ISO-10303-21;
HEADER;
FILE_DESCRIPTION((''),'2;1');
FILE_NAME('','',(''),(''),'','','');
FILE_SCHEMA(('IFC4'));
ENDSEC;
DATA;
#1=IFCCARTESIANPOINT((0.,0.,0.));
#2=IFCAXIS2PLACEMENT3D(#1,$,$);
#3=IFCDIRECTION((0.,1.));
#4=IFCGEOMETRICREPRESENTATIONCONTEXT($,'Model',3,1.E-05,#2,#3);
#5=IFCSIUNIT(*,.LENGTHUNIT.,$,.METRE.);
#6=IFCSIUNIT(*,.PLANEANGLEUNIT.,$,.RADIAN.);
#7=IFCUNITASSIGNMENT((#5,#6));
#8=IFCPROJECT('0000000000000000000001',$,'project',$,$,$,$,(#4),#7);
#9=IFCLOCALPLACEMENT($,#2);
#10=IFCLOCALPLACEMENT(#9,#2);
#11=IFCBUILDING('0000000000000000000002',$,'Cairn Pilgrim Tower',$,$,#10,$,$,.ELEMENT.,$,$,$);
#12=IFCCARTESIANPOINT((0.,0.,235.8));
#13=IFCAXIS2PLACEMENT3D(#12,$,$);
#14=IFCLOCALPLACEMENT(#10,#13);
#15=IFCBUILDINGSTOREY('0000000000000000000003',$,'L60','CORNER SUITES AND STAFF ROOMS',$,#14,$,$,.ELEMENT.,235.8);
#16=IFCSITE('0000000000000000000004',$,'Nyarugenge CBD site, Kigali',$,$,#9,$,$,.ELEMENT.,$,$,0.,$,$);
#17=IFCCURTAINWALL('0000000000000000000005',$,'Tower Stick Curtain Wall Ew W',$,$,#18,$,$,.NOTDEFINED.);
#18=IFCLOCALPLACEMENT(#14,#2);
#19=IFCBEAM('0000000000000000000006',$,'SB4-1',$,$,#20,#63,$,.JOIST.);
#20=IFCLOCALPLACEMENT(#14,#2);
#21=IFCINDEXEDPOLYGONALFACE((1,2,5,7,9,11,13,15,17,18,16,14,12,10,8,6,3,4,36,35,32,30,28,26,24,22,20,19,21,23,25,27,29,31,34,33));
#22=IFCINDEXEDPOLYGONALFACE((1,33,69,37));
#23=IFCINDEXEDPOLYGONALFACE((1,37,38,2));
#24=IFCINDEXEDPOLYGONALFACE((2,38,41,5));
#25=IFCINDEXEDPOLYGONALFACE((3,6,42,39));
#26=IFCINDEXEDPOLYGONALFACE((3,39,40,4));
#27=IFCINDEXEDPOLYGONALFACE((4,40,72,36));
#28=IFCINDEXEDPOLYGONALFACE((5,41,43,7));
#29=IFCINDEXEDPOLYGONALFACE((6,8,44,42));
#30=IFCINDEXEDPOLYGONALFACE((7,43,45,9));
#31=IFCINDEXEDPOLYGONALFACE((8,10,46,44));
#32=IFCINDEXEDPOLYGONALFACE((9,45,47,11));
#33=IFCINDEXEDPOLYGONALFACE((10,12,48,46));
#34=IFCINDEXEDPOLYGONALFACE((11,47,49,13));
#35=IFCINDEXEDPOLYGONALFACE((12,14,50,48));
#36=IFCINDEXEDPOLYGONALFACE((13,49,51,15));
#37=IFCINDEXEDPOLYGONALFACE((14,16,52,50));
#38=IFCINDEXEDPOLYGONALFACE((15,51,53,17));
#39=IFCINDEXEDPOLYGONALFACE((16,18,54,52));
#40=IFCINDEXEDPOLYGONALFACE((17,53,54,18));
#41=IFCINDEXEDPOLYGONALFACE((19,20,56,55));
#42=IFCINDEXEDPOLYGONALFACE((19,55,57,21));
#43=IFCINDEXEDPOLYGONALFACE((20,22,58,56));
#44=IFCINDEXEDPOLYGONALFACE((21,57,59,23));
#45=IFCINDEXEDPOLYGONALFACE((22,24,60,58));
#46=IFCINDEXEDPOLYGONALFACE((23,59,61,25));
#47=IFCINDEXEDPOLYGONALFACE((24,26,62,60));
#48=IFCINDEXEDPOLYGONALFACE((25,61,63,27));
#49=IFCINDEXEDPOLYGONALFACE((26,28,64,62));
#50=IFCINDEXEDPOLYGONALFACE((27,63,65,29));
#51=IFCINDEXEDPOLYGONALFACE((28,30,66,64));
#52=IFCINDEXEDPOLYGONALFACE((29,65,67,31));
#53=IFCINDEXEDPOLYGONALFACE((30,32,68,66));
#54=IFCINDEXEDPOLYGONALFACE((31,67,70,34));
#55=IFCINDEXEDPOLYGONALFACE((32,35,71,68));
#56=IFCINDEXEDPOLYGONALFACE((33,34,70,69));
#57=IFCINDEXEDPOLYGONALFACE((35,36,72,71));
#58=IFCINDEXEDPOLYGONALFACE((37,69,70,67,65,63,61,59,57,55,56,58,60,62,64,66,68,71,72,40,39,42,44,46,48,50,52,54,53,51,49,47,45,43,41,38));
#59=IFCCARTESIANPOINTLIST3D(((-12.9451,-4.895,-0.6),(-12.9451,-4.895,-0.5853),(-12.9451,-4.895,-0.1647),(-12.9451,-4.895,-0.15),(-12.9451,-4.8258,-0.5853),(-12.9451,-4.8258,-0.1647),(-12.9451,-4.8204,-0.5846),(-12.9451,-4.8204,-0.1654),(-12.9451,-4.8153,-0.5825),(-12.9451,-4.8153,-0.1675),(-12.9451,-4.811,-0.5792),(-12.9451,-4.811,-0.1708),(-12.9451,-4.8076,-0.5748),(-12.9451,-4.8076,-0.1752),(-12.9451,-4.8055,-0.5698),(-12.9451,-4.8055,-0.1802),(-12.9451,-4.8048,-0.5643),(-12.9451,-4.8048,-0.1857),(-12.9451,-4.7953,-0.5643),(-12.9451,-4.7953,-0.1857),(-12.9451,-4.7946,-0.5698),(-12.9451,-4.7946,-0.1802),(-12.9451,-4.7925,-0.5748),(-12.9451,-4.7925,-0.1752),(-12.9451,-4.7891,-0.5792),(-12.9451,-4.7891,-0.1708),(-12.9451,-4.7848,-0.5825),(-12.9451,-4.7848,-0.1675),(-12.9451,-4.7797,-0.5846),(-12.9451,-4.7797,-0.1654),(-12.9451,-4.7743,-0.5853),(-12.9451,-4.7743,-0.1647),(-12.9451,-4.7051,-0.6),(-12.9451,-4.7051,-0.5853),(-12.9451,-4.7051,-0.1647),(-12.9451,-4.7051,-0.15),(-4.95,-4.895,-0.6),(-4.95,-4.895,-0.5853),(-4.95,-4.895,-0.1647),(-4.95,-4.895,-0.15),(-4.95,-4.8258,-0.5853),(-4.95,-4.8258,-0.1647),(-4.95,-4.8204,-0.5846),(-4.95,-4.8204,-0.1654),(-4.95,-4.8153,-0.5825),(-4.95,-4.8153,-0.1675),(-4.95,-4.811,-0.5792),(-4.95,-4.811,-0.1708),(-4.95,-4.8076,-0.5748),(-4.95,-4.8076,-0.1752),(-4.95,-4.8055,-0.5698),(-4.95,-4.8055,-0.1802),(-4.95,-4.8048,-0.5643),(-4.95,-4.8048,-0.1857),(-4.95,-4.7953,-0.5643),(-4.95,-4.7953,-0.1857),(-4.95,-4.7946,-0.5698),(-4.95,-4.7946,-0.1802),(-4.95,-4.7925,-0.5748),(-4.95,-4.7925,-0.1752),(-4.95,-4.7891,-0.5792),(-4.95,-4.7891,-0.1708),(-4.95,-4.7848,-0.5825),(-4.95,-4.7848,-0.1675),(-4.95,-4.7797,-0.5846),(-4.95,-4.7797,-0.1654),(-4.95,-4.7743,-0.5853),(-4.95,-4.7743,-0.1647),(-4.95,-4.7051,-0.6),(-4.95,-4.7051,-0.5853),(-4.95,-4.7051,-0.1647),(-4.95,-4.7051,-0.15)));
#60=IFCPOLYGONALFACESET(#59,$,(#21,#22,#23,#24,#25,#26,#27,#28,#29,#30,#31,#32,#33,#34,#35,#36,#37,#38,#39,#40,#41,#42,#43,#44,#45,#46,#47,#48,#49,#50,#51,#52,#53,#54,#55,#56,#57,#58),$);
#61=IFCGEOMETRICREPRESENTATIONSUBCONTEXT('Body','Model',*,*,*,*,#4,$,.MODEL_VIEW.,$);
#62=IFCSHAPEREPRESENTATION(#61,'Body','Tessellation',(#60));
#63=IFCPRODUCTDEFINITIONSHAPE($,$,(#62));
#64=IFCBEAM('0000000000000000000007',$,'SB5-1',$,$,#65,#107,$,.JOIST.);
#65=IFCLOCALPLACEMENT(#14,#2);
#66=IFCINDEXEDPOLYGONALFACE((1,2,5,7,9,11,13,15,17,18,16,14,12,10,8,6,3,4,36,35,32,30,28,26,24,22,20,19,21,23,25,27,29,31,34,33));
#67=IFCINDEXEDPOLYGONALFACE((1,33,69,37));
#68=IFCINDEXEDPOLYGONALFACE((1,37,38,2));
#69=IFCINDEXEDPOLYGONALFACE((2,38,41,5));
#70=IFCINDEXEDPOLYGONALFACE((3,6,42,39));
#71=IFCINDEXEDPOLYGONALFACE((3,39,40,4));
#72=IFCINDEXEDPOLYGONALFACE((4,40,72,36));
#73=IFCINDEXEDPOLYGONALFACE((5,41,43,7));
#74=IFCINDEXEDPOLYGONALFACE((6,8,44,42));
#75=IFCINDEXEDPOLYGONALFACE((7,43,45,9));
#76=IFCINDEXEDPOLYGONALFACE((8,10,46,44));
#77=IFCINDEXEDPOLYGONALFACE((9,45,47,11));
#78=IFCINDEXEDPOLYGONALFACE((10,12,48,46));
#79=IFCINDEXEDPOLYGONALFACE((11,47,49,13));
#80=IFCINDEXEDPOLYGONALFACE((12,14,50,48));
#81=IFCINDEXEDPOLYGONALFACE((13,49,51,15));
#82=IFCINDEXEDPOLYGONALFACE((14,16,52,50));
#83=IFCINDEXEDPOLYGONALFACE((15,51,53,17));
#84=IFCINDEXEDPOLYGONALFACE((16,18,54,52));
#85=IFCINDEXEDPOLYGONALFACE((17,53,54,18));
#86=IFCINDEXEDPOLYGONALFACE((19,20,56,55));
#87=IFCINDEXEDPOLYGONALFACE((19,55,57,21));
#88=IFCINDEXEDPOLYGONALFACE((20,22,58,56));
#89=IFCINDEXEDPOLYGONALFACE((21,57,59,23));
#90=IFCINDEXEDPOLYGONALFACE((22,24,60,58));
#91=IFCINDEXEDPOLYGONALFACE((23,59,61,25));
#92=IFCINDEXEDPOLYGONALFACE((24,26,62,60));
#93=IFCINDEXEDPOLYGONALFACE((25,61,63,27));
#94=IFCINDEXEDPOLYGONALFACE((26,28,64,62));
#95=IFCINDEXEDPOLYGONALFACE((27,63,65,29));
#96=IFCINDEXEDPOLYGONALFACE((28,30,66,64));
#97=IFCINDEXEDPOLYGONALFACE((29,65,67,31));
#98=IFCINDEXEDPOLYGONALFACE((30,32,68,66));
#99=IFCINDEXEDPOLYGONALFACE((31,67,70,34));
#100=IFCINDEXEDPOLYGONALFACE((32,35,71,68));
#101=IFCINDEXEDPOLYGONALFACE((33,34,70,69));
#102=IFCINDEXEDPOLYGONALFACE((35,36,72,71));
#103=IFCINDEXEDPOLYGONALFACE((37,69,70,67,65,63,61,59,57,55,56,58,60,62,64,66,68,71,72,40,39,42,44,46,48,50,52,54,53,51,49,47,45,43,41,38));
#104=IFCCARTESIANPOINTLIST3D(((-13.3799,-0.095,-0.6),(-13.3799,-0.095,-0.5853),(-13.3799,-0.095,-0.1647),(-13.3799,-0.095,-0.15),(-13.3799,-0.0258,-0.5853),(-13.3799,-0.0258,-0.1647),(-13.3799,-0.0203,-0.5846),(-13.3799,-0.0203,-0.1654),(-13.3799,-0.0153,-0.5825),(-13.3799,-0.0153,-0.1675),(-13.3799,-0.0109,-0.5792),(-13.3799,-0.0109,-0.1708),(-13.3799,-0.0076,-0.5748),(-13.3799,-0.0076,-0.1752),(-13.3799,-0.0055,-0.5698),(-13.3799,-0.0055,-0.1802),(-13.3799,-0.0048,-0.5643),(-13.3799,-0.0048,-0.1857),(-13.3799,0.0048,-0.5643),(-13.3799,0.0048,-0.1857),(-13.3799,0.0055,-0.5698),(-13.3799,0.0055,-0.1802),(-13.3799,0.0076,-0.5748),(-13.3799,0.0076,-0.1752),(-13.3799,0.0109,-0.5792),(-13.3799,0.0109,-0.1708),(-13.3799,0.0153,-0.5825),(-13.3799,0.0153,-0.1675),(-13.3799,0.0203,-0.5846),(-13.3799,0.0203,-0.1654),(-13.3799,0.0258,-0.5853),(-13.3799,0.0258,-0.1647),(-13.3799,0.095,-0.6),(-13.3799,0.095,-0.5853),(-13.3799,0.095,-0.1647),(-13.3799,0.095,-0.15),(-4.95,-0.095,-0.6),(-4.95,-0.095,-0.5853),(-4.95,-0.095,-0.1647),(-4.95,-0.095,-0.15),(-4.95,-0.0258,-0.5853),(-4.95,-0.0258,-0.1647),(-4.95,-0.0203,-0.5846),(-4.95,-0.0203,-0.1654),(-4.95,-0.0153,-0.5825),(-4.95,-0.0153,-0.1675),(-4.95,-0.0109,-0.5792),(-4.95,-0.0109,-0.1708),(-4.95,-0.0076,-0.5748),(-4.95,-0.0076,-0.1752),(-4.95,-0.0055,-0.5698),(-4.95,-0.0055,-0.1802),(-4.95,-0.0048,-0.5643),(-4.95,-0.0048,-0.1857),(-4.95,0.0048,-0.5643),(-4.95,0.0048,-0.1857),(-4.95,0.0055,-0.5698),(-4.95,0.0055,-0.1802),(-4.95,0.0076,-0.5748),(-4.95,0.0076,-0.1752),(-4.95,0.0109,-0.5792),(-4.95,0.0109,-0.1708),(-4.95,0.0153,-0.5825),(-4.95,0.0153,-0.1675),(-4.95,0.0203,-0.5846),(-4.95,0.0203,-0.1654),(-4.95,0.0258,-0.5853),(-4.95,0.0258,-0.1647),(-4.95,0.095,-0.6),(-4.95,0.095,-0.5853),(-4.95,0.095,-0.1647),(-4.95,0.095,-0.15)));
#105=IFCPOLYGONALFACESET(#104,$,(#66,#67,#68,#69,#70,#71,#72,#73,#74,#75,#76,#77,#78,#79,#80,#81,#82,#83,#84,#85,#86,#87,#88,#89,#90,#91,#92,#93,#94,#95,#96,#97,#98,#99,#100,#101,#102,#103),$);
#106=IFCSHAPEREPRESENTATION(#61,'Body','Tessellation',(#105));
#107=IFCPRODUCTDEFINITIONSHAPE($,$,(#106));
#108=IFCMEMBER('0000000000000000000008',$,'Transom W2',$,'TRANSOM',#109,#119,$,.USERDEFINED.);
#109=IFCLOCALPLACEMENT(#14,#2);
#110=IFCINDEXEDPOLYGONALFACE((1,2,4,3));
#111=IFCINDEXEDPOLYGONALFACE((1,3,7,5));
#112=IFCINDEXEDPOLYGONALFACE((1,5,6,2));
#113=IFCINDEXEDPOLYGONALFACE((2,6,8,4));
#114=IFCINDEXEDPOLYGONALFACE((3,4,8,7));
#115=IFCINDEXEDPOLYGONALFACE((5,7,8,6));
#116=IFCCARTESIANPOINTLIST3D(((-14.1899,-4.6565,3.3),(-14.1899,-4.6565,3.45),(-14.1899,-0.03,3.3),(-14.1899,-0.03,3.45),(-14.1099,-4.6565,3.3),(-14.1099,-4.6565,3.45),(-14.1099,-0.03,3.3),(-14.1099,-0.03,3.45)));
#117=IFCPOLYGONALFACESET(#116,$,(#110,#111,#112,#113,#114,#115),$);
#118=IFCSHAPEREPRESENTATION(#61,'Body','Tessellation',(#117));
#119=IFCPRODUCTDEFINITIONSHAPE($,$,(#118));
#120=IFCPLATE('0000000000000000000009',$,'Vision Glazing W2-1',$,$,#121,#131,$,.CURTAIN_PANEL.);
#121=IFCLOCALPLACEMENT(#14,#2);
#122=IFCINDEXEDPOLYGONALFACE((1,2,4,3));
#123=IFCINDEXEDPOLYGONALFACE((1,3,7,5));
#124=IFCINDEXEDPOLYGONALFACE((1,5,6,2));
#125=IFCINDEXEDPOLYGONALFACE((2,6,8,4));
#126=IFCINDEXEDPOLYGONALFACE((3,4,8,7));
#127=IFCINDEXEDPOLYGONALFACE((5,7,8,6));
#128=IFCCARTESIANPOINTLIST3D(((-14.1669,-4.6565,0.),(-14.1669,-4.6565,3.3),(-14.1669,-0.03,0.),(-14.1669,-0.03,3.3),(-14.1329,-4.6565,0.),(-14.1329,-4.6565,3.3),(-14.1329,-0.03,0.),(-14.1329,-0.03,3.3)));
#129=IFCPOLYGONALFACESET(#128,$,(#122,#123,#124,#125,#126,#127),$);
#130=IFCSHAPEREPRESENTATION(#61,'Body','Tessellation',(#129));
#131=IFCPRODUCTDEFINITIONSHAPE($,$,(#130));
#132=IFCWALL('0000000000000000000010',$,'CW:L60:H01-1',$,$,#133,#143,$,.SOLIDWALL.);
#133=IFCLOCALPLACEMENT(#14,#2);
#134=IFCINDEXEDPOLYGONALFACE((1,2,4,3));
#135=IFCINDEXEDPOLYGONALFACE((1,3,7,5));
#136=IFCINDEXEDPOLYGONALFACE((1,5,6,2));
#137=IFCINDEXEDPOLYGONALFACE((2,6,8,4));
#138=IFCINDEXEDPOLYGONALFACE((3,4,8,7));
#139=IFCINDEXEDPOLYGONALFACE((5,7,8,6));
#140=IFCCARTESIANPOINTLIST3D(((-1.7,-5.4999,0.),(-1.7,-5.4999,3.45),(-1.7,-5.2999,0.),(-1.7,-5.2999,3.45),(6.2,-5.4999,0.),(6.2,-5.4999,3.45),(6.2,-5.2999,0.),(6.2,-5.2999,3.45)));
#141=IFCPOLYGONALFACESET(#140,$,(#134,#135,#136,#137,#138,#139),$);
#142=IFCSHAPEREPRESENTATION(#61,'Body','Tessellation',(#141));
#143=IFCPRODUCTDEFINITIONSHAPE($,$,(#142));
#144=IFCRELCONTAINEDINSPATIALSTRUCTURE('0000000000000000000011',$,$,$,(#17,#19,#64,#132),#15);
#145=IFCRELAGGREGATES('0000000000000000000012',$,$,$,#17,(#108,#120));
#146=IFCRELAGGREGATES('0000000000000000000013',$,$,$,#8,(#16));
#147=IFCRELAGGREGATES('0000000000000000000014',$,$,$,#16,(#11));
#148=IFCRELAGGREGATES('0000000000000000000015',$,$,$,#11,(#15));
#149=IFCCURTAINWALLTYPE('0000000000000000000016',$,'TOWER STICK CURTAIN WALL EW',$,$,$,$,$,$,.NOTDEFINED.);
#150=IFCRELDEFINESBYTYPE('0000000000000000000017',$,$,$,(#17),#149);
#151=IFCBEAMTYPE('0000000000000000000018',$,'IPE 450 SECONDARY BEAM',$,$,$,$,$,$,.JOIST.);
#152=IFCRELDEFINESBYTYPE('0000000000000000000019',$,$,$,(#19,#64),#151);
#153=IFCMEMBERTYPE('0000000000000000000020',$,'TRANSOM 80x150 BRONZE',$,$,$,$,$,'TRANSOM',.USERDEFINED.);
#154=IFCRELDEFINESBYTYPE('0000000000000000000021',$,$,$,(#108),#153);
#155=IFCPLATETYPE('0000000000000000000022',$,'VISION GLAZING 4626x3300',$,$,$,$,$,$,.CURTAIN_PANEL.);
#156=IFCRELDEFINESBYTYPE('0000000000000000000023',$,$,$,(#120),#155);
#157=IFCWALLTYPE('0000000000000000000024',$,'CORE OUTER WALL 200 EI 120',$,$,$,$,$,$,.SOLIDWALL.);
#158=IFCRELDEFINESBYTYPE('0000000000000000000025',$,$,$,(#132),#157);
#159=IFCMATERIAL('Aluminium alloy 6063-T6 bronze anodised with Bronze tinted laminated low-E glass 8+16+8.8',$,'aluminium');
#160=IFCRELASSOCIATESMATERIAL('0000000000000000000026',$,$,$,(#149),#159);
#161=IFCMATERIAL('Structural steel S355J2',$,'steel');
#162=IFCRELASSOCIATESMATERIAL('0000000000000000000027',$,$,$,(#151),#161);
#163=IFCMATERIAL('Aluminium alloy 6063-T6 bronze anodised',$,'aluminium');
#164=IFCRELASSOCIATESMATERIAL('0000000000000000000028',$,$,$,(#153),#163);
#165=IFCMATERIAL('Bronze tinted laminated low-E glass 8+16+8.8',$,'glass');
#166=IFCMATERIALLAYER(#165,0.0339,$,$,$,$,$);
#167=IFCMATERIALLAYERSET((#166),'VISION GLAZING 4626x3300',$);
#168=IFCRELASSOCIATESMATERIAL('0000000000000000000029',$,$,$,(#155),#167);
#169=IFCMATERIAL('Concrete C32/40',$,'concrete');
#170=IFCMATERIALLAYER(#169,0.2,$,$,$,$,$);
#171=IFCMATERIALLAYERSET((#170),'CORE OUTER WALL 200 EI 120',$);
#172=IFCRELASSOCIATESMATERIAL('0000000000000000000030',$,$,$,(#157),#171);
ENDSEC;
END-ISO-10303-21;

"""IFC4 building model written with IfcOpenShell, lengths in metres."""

from ifc_helpers import new_model, si_unit, direction, frame, frame_2d, origin, origin_2d, place, context, subcontext, project, spatial, rectangle, i_section, extrude, material, layer, layer_set, material_profile, profile_set, type_object, element, aggregate, save


model = new_model("IFC4")

# Units and contexts
model_context = context("Model", 3, precision=1e-05, world=origin(), true_north=direction((0.0, 1.0)))
body_context = subcontext(model_context, "Body", "Model", "MODEL_VIEW")
ifc_project = project(units=[si_unit("LENGTHUNIT", "METRE"), si_unit("PLANEANGLEUNIT", "RADIAN")], contexts=[model_context])

# Site, building, storey
site_placement = place(None, origin())
site = spatial("IfcSite", under=ifc_project, at=site_placement, Name="Nyarugenge CBD site, Kigali", CompositionType="ELEMENT", RefElevation=0.0)
building_placement = place(site_placement, origin())
building = spatial("IfcBuilding", under=site, at=building_placement, Name="Cairn Pilgrim Tower", CompositionType="ELEMENT")
storey_placement = place(building_placement, frame((0.0, 0.0, 235.8)))
storey = spatial("IfcBuildingStorey", under=building, at=storey_placement, Name="L60", Description="CORNER SUITES AND STAFF ROOMS", CompositionType="ELEMENT", Elevation=235.8)

# Shared definitions
ifc_material_1 = material(Name="Structural steel S355J2", Category="steel")

# Curtain wall
ifc_material_2 = material(Name="Aluminium alloy 6063-T6 bronze anodised with Bronze tinted laminated low-E glass 8+16+8.8", Category="aluminium")
curtain_wall_type_1 = type_object("IfcCurtainWallType", Name="TOWER STICK CURTAIN WALL EW", PredefinedType="NOTDEFINED", material=ifc_material_2)
curtain_wall_1_placement = place(storey_placement, origin())
curtain_wall_1 = element("IfcCurtainWall", 1, at=curtain_wall_1_placement, inside=storey, type_object=curtain_wall_type_1, Name="Tower Stick Curtain Wall Ew W", PredefinedType="NOTDEFINED")
ifc_material_3 = material(Name="Aluminium alloy 6063-T6 bronze anodised", Category="aluminium")

# Beams
ifc_material_profile_1 = material_profile(ifc_material_1, i_section(OverallWidth=0.1899, OverallDepth=0.45, WebThickness=0.0095, FlangeThickness=0.0146, FilletRadius=0.021, at=origin_2d()), Name="IPE 450")
ifc_profile_set_1 = profile_set([ifc_material_profile_1], Name="Structural steel S355J2")
beam_type_1 = type_object("IfcBeamType", Name="IPE 450 SECONDARY BEAM", PredefinedType="JOIST", material=ifc_profile_set_1)
beam_1_placement = place(storey_placement, frame((-12.9451, -4.8, -0.375), z_axis=(1.0, 0.0, 0.0), x_axis=(0.0, 1.0, 0.0)))
element("IfcBeam", 2, at=beam_1_placement, inside=storey, type_object=beam_type_1, Name="SB4-1", PredefinedType="JOIST", context=body_context, shape_type="SweptSolid", body=[
    extrude(i_section(OverallWidth=0.1899, OverallDepth=0.45, WebThickness=0.0095, FlangeThickness=0.0146, FilletRadius=0.021, at=origin_2d()), origin(), (0.0, 0.0, 1.0), 7.9951),
])
beam_2_placement = place(storey_placement, frame((-13.3799, 0.0, -0.375), z_axis=(1.0, 0.0, 0.0), x_axis=(0.0, 1.0, 0.0)))
element("IfcBeam", 3, at=beam_2_placement, inside=storey, type_object=beam_type_1, Name="SB5-1", PredefinedType="JOIST", context=body_context, shape_type="SweptSolid", body=[
    extrude(i_section(OverallWidth=0.1899, OverallDepth=0.45, WebThickness=0.0095, FlangeThickness=0.0146, FilletRadius=0.021, at=origin_2d()), origin(), (0.0, 0.0, 1.0), 8.4299),
])

# Member
ifc_material_profile_2 = material_profile(ifc_material_3, rectangle(XDim=0.0801, YDim=0.1499, at=origin_2d()), Name="TRANSOM 80x150 BRONZE")
ifc_profile_set_2 = profile_set([ifc_material_profile_2], Name="Aluminium alloy 6063-T6 bronze anodised")
member_type_1 = type_object("IfcMemberType", Name="TRANSOM 80x150 BRONZE", ElementType="TRANSOM", PredefinedType="USERDEFINED", material=ifc_profile_set_2)
member_1_placement = place(storey_placement, frame((-14.1499, -0.03, 3.375), z_axis=(0.0, -1.0, 0.0), x_axis=(1.0, 0.0, 0.0)))
member_1 = element("IfcMember", 4, at=member_1_placement, type_object=member_type_1, Name="Transom W2", ObjectType="TRANSOM", PredefinedType="USERDEFINED", context=body_context, shape_type="SweptSolid", body=[
    extrude(rectangle(XDim=0.0801, YDim=0.1499, at=origin_2d()), origin(), (0.0, 0.0, 1.0), 4.6265),
])

# Plate
ifc_material_4 = material(Name="Bronze tinted laminated low-E glass 8+16+8.8", Category="glass")
ifc_layer_1 = layer(ifc_material_4, 0.0339)
ifc_layer_set_1 = layer_set([ifc_layer_1], Name="VISION GLAZING 4626x3300")
plate_type = type_object("IfcPlateType", Name="VISION GLAZING 4626x3300", PredefinedType="CURTAIN_PANEL", material=ifc_layer_set_1)
plate_placement = place(storey_placement, frame((-14.1499, -2.3433, 0.0), z_axis=(0.0, 0.0, 1.0), x_axis=(0.0, -1.0, 0.0)))
plate = element("IfcPlate", 5, at=plate_placement, type_object=plate_type, Name="Vision Glazing W2-1", PredefinedType="CURTAIN_PANEL", context=body_context, shape_type="SweptSolid", body=[
    extrude(rectangle(XDim=4.6265, YDim=0.0339, at=origin_2d()), origin(), (0.0, 0.0, 1.0), 3.3),
])
aggregate(curtain_wall_1, [member_1, plate])

# Wall
ifc_material_5 = material(Name="Concrete C32/40", Category="concrete")
ifc_layer_2 = layer(ifc_material_5, 0.2)
ifc_layer_set_2 = layer_set([ifc_layer_2], Name="CORE OUTER WALL 200 EI 120")
wall_type_1 = type_object("IfcWallType", Name="CORE OUTER WALL 200 EI 120", PredefinedType="SOLIDWALL", material=ifc_layer_set_2)
wall_1_placement = place(storey_placement, frame((-1.7, -5.3999, 0.0), z_axis=(0.0, 0.0, 1.0), x_axis=(1.0, 0.0, 0.0)))
element("IfcWall", 6, at=wall_1_placement, inside=storey, type_object=wall_type_1, Name="CW:L60:H01-1", PredefinedType="SOLIDWALL", context=body_context, shape_type="SweptSolid", body=[
    extrude(rectangle(XDim=7.8999, YDim=0.2, at=frame_2d((3.95, 0.0))), origin(), (0.0, 0.0, 1.0), 3.45),
])

save(model, "model.ifc")
